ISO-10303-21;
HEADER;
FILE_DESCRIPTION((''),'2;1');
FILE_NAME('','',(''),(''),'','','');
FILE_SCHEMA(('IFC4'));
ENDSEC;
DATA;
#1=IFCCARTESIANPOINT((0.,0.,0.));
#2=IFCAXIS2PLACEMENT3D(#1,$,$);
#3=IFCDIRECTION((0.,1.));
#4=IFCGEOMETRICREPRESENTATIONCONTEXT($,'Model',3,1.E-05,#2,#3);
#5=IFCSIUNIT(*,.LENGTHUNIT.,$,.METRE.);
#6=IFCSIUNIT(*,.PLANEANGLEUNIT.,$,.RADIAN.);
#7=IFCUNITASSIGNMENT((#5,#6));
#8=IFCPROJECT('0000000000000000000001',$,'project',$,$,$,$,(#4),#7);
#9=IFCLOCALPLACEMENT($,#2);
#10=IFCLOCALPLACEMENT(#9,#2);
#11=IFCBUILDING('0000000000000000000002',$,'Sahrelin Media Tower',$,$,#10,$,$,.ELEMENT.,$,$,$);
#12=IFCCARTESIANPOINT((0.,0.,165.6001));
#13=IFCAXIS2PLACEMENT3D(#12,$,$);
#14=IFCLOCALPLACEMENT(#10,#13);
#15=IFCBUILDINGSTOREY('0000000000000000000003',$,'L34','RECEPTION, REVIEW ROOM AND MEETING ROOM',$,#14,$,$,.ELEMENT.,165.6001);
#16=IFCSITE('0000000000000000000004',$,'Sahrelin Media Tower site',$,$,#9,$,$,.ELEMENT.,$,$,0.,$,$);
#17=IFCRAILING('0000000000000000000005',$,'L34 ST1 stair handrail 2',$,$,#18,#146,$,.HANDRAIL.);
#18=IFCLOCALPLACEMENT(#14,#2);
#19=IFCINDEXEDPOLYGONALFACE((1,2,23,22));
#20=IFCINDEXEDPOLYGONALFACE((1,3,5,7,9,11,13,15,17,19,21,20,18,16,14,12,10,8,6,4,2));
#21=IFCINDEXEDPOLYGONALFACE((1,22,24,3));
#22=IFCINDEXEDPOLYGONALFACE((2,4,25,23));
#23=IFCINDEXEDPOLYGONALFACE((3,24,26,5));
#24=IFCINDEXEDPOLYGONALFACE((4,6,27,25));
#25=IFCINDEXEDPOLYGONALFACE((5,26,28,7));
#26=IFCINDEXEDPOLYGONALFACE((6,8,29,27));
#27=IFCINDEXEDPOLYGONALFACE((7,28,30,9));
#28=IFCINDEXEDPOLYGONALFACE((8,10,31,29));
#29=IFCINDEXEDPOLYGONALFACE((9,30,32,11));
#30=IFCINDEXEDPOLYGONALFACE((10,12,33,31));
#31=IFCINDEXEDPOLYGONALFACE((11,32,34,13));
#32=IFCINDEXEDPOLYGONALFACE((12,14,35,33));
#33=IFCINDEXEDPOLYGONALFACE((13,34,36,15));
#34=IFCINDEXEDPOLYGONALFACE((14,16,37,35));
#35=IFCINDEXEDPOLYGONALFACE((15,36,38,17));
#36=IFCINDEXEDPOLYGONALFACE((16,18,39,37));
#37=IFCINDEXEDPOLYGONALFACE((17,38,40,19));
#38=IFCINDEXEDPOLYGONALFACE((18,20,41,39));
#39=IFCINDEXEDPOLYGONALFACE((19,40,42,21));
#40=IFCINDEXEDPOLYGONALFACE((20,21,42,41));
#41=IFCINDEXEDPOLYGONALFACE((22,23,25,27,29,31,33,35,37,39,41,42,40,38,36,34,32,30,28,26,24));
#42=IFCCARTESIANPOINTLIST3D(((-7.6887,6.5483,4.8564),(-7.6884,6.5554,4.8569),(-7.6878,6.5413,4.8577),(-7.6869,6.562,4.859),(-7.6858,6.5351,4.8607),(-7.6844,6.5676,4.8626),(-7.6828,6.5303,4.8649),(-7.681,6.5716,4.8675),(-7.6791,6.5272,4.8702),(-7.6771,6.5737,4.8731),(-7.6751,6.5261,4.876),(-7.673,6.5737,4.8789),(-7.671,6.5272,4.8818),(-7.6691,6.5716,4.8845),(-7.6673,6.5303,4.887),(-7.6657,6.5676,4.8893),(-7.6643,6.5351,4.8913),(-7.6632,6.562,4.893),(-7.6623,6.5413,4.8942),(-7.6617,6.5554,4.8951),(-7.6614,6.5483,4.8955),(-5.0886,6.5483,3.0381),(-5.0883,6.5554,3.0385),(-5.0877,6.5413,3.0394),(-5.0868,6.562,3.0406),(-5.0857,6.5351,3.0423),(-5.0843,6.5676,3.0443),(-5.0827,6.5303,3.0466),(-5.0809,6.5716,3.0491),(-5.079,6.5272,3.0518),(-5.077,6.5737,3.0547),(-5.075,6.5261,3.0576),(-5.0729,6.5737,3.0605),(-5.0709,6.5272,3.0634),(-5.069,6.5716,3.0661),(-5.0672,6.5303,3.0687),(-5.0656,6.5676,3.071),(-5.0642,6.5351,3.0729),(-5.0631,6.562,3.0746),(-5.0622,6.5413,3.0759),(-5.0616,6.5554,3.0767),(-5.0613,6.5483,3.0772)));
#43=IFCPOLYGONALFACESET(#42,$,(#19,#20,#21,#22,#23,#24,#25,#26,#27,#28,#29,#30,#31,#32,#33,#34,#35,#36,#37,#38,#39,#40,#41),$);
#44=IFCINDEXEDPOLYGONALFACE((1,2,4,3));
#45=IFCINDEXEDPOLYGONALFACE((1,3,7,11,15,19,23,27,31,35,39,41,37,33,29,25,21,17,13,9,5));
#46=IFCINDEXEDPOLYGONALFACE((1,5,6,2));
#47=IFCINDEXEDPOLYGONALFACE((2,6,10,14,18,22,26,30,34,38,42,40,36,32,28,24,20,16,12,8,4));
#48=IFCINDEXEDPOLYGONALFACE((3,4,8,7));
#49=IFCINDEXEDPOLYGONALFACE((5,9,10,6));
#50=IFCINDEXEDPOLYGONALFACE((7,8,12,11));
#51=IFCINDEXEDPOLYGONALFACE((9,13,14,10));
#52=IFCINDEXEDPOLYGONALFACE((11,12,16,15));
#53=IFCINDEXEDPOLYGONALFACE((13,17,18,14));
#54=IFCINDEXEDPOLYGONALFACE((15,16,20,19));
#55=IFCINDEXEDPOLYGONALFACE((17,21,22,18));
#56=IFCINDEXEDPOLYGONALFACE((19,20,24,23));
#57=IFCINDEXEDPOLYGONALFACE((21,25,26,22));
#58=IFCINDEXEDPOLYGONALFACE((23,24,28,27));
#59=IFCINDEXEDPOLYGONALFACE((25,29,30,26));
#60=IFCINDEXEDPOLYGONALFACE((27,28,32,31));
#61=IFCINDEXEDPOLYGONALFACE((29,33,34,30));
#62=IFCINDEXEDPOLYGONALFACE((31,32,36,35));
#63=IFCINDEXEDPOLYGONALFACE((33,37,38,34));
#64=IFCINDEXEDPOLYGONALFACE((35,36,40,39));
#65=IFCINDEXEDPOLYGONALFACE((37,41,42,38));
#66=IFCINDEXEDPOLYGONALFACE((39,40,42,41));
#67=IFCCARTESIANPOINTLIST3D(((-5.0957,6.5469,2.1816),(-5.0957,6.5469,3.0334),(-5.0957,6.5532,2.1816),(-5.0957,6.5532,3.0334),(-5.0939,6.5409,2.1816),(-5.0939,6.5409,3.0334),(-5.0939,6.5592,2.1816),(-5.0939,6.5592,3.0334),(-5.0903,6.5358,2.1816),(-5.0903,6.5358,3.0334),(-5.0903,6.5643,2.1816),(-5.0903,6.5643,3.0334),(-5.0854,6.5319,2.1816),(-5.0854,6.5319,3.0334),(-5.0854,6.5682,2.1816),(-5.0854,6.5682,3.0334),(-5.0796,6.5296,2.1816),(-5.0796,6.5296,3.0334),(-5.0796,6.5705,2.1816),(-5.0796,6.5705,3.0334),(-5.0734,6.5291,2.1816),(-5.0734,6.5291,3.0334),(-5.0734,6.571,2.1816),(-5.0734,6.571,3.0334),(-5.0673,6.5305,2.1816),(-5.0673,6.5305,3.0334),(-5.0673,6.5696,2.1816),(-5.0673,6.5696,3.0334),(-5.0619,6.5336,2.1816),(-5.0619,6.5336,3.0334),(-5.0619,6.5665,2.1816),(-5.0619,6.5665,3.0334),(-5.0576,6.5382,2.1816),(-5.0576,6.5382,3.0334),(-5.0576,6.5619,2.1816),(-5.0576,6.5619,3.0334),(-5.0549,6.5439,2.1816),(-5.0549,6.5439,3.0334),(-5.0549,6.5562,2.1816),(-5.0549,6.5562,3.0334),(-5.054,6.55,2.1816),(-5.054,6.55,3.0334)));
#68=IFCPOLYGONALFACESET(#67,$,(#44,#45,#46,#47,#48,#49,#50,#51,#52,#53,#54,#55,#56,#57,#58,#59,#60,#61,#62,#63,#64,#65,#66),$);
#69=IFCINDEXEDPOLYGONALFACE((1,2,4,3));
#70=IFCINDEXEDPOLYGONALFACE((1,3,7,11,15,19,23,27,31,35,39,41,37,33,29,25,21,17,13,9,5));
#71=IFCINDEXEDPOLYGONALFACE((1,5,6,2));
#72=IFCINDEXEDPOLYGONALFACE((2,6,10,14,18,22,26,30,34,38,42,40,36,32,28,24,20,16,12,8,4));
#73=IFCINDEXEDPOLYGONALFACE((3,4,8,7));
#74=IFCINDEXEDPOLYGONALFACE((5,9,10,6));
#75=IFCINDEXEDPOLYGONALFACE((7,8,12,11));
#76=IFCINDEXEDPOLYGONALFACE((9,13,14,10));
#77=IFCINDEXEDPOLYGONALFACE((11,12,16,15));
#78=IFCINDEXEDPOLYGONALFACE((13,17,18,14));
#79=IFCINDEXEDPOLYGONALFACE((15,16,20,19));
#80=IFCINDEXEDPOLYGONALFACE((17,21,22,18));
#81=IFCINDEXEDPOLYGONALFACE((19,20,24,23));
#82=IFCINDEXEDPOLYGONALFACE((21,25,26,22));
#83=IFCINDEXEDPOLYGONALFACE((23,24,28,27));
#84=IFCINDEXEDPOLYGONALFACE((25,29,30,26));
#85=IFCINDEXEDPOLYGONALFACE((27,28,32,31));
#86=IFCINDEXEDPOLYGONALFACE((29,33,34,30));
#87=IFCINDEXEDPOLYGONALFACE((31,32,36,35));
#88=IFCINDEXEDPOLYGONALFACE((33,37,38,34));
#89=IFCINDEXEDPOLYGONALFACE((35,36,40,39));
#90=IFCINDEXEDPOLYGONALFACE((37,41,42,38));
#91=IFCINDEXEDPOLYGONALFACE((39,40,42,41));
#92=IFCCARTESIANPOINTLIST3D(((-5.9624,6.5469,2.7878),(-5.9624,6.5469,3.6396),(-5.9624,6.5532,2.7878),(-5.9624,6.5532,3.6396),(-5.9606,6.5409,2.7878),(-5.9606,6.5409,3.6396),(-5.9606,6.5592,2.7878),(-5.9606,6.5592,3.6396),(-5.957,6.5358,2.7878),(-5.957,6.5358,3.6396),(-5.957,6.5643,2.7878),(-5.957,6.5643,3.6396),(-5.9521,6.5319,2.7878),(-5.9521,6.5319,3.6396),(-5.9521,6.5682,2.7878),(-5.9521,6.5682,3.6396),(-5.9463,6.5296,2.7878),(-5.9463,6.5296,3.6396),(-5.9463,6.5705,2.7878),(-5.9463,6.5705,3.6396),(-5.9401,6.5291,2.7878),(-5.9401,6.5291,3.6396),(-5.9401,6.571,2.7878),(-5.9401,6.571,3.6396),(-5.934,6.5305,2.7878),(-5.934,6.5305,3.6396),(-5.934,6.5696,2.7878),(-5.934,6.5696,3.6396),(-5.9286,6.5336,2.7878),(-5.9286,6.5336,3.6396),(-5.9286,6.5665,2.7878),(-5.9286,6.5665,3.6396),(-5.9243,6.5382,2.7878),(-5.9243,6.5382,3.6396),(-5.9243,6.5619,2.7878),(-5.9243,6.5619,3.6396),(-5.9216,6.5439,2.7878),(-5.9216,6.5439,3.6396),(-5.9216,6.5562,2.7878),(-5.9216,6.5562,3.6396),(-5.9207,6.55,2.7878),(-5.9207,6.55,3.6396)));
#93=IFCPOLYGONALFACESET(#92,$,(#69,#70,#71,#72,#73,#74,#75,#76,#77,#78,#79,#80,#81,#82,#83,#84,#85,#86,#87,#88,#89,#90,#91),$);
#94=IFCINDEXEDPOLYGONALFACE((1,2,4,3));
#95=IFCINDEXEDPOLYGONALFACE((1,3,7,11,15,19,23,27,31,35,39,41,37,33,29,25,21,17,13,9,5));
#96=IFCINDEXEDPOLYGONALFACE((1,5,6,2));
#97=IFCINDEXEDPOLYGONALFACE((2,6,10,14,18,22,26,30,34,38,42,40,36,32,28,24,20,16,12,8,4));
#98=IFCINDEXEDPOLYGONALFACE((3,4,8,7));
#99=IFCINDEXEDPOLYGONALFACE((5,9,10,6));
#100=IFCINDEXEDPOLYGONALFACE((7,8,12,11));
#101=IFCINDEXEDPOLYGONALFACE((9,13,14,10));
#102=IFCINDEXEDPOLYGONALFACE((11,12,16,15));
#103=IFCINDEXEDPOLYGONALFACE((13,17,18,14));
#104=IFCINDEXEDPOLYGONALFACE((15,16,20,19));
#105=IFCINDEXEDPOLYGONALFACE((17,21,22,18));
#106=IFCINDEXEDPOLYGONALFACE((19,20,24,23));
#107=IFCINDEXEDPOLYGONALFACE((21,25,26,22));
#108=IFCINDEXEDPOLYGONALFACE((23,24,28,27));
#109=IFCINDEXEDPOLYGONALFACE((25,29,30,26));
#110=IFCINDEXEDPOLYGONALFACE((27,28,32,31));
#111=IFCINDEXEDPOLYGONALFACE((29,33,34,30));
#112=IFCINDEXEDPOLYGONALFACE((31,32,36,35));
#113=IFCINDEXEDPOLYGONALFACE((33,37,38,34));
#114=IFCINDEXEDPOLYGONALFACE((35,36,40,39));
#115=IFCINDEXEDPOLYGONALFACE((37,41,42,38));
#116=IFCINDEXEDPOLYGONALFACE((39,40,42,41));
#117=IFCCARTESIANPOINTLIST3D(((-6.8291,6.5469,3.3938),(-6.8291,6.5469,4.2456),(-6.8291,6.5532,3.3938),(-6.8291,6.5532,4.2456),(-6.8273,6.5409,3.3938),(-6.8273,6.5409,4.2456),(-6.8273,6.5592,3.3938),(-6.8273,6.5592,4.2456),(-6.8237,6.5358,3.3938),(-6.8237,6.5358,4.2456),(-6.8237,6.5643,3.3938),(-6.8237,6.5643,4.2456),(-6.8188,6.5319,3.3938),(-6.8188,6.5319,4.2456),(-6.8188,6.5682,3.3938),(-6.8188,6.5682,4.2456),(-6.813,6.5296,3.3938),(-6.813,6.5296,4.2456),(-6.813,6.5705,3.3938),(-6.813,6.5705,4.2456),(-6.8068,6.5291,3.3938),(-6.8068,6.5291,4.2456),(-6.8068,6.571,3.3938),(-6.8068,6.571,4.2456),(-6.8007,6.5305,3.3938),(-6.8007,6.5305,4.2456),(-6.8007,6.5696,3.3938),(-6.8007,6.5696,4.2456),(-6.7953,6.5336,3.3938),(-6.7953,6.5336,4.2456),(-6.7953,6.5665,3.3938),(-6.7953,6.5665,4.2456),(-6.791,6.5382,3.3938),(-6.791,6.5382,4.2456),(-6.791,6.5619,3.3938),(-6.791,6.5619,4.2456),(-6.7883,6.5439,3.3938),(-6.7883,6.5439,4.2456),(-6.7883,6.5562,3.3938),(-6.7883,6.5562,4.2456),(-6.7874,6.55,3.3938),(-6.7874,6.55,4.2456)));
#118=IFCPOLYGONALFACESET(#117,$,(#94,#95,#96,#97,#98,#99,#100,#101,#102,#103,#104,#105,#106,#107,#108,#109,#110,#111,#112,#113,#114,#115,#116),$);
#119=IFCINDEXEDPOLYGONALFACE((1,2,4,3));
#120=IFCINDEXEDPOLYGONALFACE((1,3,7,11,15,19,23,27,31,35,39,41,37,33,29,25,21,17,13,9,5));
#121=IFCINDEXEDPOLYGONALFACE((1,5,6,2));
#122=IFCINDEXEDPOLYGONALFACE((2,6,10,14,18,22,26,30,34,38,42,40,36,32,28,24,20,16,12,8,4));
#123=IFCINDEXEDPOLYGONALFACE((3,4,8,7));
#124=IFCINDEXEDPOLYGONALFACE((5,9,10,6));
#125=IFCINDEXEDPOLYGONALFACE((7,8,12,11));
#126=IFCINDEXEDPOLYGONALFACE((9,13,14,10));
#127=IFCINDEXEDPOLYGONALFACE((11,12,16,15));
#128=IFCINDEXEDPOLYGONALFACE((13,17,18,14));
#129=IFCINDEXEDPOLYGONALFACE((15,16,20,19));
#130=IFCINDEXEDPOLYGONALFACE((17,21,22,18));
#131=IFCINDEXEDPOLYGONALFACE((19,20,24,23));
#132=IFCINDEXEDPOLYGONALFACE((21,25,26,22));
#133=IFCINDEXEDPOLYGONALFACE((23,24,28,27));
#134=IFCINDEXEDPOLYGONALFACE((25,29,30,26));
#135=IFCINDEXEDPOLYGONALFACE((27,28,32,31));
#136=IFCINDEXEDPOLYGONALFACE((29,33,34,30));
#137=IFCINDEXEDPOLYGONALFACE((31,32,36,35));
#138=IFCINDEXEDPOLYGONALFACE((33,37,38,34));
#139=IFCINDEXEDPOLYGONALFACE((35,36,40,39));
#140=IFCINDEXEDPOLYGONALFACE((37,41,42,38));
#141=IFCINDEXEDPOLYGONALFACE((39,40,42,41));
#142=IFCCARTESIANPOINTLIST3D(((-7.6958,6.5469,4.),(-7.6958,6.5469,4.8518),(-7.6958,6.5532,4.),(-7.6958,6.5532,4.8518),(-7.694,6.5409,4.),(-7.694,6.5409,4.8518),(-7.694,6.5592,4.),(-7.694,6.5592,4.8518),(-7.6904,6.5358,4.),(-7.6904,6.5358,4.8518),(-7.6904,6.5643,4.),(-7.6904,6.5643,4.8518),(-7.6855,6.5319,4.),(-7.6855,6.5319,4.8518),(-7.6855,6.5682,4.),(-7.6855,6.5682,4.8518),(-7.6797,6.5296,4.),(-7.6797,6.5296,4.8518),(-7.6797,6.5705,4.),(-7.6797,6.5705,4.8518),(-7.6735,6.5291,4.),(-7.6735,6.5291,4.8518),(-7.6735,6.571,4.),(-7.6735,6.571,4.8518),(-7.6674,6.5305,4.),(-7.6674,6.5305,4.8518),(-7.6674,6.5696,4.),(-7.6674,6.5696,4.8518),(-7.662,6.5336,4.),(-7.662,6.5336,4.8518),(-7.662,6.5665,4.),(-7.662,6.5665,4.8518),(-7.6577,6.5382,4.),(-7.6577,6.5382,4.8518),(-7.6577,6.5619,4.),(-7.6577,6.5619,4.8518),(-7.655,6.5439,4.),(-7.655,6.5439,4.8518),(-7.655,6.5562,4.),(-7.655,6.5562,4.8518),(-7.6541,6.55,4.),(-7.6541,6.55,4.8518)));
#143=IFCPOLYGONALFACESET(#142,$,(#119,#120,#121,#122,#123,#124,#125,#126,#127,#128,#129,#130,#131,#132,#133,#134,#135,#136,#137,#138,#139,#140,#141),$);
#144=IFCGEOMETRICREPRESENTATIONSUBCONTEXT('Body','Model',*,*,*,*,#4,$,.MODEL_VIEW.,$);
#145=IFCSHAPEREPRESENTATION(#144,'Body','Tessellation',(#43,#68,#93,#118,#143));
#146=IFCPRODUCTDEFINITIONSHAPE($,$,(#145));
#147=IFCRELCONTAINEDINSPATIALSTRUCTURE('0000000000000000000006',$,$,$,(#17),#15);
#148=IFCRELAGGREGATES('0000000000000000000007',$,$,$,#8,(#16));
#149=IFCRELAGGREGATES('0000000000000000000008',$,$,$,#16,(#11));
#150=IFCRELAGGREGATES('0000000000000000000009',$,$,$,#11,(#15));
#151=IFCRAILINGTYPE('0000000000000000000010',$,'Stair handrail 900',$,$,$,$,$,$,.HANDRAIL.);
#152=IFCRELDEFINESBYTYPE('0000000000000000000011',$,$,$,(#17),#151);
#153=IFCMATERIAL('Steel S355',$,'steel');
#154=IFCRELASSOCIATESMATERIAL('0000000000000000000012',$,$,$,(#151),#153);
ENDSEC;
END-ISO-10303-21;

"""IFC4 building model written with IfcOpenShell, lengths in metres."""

from ifc_helpers import new_model, si_unit, direction, frame, origin, origin_2d, place, context, subcontext, project, spatial, circle, extrude, material, type_object, element, save


model = new_model("IFC4")

# Units and contexts
model_context = context("Model", 3, precision=1e-05, world=origin(), true_north=direction((0.0, 1.0)))
body_context = subcontext(model_context, "Body", "Model", "MODEL_VIEW")
ifc_project = project(units=[si_unit("LENGTHUNIT", "METRE"), si_unit("PLANEANGLEUNIT", "RADIAN")], contexts=[model_context])

# Site, building, storey
site_placement = place(None, origin())
site = spatial("IfcSite", under=ifc_project, at=site_placement, Name="Sahrelin Media Tower site", CompositionType="ELEMENT", RefElevation=0.0)
building_placement = place(site_placement, origin())
building = spatial("IfcBuilding", under=site, at=building_placement, Name="Sahrelin Media Tower", CompositionType="ELEMENT")
storey_placement = place(building_placement, frame((0.0, 0.0, 165.6001)))
storey = spatial("IfcBuildingStorey", under=building, at=storey_placement, Name="L34", Description="RECEPTION, REVIEW ROOM AND MEETING ROOM", CompositionType="ELEMENT", Elevation=165.6001)

# Shared definitions
ifc_material_1 = material(Name="Steel S355", Category="steel")

# Railing
railing_type_1 = type_object("IfcRailingType", Name="Stair handrail 900", PredefinedType="HANDRAIL", material=ifc_material_1)
railing_1_placement = place(storey_placement, frame((-5.075, 6.55, 2.1816)))
element("IfcRailing", 1, at=railing_1_placement, inside=storey, type_object=railing_type_1, Name="L34 ST1 stair handrail 2", PredefinedType="HANDRAIL", context=body_context, shape_type="SweptSolid", body=[
    extrude(circle(Radius=0.0239, at=origin_2d()), frame((0.0, 0.0, 0.876), z_axis=(-0.819485, 0.0, 0.573101), x_axis=(0.0, -1.0, 0.0)), (0.0, 0.0, 1.0), 3.1729),
    extrude(circle(Radius=0.021, at=origin_2d()), origin(), (0.0, 0.0, 1.0), 0.8518),
    extrude(circle(Radius=0.021, at=origin_2d()), frame((-0.8667, 0.0, 0.6062)), (0.0, 0.0, 1.0), 0.8518),
    extrude(circle(Radius=0.021, at=origin_2d()), frame((-1.7334, 0.0, 1.2122)), (0.0, 0.0, 1.0), 0.8518),
    extrude(circle(Radius=0.021, at=origin_2d()), frame((-2.6001, 0.0, 1.8184)), (0.0, 0.0, 1.0), 0.8518),
])

save(model, "model.ifc")
